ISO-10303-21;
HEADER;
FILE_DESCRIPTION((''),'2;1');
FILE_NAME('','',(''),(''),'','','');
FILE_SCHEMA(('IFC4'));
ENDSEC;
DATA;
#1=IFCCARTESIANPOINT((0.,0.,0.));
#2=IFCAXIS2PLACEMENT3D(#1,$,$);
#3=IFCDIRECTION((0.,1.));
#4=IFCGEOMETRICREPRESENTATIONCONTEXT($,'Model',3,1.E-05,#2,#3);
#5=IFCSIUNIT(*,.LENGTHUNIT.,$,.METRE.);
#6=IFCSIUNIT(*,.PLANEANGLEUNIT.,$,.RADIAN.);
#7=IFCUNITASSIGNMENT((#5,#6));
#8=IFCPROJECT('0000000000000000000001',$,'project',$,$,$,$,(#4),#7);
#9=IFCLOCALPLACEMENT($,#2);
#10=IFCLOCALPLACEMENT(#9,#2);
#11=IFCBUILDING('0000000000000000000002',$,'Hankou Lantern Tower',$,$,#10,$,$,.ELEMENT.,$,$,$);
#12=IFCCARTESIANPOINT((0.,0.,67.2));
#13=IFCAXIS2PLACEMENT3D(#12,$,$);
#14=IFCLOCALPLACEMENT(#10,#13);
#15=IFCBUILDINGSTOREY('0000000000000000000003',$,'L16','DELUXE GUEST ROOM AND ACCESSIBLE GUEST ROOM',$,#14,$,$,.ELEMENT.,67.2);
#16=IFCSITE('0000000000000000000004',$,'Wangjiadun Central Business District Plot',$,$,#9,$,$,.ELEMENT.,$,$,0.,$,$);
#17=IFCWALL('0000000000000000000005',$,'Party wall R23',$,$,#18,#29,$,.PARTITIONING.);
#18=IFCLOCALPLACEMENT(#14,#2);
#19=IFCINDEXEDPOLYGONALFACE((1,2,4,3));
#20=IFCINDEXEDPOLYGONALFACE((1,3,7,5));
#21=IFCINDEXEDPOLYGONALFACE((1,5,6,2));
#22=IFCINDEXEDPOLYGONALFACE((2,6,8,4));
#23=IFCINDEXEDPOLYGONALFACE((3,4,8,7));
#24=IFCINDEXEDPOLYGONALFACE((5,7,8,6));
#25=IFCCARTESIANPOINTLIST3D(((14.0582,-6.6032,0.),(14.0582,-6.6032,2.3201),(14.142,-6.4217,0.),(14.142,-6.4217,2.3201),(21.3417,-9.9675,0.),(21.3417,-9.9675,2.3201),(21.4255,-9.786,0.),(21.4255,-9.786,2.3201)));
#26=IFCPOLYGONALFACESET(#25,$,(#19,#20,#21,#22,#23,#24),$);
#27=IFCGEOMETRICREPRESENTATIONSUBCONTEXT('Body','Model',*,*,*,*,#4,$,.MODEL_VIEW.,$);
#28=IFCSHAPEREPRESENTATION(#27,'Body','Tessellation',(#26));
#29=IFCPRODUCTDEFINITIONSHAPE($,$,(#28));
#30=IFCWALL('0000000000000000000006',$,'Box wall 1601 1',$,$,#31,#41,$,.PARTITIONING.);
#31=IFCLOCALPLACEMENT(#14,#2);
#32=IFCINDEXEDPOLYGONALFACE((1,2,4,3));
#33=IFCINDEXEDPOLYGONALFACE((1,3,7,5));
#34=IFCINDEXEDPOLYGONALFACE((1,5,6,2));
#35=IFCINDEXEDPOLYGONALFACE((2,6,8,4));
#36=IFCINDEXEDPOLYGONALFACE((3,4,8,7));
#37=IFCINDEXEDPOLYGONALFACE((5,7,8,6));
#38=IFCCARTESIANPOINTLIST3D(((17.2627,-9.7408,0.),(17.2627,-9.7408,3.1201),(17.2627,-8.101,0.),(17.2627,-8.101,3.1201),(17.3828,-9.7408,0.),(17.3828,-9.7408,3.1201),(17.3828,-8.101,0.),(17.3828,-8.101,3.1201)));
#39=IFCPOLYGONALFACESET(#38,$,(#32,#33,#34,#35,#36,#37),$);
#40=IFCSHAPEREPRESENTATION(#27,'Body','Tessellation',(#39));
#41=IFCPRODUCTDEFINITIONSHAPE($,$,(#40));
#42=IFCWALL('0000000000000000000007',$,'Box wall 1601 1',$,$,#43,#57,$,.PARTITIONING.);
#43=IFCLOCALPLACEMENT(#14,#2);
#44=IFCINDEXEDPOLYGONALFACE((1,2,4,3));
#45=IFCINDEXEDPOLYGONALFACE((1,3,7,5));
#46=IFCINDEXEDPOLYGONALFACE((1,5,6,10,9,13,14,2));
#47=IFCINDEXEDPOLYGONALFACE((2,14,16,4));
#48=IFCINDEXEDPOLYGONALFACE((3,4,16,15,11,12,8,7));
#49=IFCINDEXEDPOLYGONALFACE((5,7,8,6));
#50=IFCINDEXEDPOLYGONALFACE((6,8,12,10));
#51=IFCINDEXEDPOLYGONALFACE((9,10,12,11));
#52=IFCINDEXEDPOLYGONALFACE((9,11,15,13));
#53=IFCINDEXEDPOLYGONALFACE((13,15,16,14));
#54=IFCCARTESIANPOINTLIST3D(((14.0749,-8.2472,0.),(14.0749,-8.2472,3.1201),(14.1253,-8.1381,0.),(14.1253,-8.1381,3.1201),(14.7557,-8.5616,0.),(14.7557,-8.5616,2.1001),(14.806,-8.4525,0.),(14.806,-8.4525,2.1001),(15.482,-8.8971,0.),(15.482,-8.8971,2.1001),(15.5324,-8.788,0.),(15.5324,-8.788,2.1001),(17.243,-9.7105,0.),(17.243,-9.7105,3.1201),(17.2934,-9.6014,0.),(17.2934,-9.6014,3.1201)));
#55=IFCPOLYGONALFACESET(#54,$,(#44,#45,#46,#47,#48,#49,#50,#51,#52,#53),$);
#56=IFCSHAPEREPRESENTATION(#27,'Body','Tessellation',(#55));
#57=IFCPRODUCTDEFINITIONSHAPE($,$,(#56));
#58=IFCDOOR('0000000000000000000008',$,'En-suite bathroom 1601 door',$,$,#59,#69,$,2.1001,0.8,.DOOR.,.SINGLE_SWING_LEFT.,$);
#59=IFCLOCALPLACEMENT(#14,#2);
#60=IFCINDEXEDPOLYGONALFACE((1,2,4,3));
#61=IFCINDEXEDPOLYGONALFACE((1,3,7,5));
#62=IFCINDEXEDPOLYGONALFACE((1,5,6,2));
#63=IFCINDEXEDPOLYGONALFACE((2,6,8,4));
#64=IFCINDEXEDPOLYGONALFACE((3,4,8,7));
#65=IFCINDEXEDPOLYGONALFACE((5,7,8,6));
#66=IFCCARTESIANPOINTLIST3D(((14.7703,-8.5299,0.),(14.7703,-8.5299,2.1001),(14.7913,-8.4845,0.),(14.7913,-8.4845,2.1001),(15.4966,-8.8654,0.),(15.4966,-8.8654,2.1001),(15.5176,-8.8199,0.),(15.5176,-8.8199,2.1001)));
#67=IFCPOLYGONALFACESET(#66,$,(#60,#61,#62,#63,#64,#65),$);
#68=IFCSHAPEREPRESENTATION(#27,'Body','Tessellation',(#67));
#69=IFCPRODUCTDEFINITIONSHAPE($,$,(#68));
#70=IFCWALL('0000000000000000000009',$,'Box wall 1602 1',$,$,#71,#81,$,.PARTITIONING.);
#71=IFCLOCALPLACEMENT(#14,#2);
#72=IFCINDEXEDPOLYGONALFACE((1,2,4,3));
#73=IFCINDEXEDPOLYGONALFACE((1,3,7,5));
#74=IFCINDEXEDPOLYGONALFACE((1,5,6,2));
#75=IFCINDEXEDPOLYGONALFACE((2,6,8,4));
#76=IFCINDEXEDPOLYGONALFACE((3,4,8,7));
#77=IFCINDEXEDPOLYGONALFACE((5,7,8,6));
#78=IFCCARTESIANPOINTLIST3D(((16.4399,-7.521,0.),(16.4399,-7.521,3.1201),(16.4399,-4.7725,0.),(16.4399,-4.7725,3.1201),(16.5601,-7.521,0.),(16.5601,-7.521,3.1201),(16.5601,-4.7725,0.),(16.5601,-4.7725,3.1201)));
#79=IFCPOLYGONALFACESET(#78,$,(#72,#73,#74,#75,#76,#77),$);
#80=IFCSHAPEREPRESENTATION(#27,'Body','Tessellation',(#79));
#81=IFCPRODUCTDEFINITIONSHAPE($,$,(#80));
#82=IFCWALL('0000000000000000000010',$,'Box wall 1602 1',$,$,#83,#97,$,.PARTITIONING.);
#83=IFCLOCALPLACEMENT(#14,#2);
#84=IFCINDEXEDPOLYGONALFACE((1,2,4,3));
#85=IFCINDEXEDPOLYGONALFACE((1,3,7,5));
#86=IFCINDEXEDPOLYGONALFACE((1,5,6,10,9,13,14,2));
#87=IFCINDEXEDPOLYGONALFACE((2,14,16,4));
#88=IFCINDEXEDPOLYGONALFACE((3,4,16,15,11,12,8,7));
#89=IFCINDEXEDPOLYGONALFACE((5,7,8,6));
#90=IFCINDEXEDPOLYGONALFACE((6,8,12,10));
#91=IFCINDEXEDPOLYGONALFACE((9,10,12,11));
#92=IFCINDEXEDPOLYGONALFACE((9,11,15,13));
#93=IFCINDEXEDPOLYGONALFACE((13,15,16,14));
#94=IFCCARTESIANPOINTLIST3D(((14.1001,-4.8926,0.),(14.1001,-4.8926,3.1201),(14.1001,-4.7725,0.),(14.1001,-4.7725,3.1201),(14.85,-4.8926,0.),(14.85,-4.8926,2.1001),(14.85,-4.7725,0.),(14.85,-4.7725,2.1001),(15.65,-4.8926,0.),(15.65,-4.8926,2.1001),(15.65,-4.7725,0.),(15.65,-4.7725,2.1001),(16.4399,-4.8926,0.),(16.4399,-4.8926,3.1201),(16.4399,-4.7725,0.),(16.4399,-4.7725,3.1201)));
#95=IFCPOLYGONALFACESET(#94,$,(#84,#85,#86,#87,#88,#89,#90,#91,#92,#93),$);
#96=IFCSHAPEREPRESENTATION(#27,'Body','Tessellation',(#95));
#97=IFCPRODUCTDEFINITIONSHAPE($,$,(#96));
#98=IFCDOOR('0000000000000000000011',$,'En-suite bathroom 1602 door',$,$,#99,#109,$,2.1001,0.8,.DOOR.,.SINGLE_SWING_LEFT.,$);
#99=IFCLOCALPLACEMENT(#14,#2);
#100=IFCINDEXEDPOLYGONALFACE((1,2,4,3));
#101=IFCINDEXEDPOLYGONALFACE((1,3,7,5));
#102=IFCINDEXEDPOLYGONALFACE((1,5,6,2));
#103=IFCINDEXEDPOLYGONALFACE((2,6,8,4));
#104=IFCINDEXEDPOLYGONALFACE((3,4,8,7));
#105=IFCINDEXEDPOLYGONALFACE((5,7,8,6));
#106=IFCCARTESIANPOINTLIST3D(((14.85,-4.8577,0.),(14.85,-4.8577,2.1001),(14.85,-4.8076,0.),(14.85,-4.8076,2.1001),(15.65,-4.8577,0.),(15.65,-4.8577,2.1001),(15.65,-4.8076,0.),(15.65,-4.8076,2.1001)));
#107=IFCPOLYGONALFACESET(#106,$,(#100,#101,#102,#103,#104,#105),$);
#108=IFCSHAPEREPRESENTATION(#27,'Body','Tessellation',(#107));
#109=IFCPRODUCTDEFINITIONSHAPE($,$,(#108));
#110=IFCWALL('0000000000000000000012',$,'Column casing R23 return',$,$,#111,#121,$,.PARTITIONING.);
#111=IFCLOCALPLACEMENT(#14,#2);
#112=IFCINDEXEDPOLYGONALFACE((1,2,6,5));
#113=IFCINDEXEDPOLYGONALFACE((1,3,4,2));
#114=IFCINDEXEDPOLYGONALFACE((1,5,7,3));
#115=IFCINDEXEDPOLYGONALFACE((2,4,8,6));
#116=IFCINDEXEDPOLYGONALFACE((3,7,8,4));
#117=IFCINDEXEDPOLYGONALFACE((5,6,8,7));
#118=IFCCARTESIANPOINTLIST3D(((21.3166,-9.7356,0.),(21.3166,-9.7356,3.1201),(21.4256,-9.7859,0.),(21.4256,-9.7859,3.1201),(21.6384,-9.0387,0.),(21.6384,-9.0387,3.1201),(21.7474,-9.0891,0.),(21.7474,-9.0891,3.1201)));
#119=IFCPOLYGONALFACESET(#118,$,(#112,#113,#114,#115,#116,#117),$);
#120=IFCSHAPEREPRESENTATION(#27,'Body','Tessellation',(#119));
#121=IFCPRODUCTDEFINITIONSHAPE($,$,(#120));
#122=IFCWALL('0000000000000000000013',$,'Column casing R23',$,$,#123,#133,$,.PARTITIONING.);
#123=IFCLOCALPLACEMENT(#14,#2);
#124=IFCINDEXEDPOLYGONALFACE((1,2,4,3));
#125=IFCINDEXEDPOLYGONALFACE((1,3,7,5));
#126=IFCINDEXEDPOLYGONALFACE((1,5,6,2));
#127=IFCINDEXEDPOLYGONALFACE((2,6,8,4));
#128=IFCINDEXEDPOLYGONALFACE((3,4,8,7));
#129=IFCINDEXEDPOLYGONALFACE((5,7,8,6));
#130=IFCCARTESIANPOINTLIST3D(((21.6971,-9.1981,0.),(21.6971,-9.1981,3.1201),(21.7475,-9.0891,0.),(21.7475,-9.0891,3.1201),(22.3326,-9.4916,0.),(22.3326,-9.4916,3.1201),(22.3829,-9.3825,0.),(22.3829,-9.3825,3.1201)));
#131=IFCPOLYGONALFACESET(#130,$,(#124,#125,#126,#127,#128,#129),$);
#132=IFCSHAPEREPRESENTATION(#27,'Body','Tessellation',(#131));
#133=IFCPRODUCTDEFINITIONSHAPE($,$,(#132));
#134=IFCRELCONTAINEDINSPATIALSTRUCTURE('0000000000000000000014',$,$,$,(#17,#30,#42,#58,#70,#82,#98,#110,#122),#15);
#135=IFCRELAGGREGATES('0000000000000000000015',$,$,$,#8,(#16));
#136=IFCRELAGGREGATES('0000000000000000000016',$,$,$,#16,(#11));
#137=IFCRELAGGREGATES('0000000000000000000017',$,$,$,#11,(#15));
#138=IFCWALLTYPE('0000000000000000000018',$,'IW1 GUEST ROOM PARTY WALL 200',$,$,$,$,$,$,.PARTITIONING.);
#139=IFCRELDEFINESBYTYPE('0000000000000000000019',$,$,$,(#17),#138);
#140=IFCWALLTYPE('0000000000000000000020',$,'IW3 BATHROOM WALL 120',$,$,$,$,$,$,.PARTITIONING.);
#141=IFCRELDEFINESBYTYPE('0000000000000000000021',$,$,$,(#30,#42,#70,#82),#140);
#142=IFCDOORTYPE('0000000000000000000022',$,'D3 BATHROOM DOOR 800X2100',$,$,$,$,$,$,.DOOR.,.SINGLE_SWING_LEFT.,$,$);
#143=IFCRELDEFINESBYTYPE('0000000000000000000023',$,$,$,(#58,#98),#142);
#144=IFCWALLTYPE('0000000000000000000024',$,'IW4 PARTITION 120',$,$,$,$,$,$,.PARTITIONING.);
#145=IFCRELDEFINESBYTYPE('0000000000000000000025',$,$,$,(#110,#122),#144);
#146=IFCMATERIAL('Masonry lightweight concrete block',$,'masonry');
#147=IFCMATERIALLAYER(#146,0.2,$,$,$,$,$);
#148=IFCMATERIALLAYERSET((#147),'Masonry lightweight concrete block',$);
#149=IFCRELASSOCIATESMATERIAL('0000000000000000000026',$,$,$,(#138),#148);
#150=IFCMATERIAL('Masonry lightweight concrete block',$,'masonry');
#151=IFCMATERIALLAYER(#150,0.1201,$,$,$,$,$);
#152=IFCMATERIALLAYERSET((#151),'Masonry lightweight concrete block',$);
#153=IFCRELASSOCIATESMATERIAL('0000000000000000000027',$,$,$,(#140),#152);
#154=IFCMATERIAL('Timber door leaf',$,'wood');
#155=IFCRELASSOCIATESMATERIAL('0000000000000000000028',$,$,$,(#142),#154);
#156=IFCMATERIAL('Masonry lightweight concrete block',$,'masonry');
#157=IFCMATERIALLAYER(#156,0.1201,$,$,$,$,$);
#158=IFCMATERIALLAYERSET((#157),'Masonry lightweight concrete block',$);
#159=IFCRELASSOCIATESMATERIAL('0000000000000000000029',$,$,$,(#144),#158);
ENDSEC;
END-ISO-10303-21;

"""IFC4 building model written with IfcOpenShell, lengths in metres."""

from ifc_helpers import new_model, si_unit, direction, frame, frame_2d, origin, place, context, subcontext, project, spatial, rectangle, extrude, material, layer, layer_set, type_object, element, fill, save


model = new_model("IFC4")

# Units and contexts
model_context = context("Model", 3, precision=1e-05, world=origin(), true_north=direction((0.0, 1.0)))
body_context = subcontext(model_context, "Body", "Model", "MODEL_VIEW")
ifc_project = project(units=[si_unit("LENGTHUNIT", "METRE"), si_unit("PLANEANGLEUNIT", "RADIAN")], contexts=[model_context])

# Site, building, storey
site_placement = place(None, origin())
site = spatial("IfcSite", under=ifc_project, at=site_placement, Name="Wangjiadun Central Business District Plot", CompositionType="ELEMENT", RefElevation=0.0)
building_placement = place(site_placement, origin())
building = spatial("IfcBuilding", under=site, at=building_placement, Name="Hankou Lantern Tower", CompositionType="ELEMENT")
storey_placement = place(building_placement, frame((0.0, 0.0, 67.2)))
storey = spatial("IfcBuildingStorey", under=building, at=storey_placement, Name="L16", Description="DELUXE GUEST ROOM AND ACCESSIBLE GUEST ROOM", CompositionType="ELEMENT", Elevation=67.2)

# Walls
ifc_material_1 = material(Name="Masonry lightweight concrete block", Category="masonry")
ifc_layer_1 = layer(ifc_material_1, 0.2)
ifc_layer_set_1 = layer_set([ifc_layer_1], Name="Masonry lightweight concrete block")
wall_type_1 = type_object("IfcWallType", Name="IW1 GUEST ROOM PARTY WALL 200", PredefinedType="PARTITIONING", material=ifc_layer_set_1)
wall_1_placement = place(storey_placement, frame((14.1001, -6.5125, 0.0), z_axis=(0.0, 0.0, 1.0), x_axis=(0.907833, -0.419332, 0.0)))
element("IfcWall", 1, at=wall_1_placement, inside=storey, type_object=wall_type_1, Name="Party wall R23", PredefinedType="PARTITIONING", context=body_context, shape_type="SweptSolid", body=[
    extrude(rectangle(XDim=8.0229, YDim=0.2, at=frame_2d((4.0115, 0.0))), origin(), (0.0, 0.0, 1.0), 2.3201),
])
ifc_material_2 = material(Name="Masonry lightweight concrete block", Category="masonry")
ifc_layer_2 = layer(ifc_material_2, 0.1201)
ifc_layer_set_2 = layer_set([ifc_layer_2], Name="Masonry lightweight concrete block")
wall_type_2 = type_object("IfcWallType", Name="IW3 BATHROOM WALL 120", PredefinedType="PARTITIONING", material=ifc_layer_set_2)
wall_2_placement = place(storey_placement, frame((17.3228, -8.1011, 0.0), z_axis=(0.0, 0.0, 1.0), x_axis=(0.0, -1.0, 0.0)))
element("IfcWall", 2, at=wall_2_placement, inside=storey, type_object=wall_type_2, Name="Box wall 1601 1", PredefinedType="PARTITIONING", context=body_context, shape_type="SweptSolid", body=[
    extrude(rectangle(XDim=1.6399, YDim=0.1201, at=frame_2d((0.8198, 0.0))), origin(), (0.0, 0.0, 1.0), 3.1201),
])

# Wall, opening, door
wall_3_placement = place(storey_placement, frame((14.1001, -8.1926, 0.0), z_axis=(0.0, 0.0, 1.0), x_axis=(0.907836, -0.419324, 0.0)))
wall_3 = element("IfcWall", 3, at=wall_3_placement, inside=storey, type_object=wall_type_2, Name="Box wall 1601 1", PredefinedType="PARTITIONING", context=body_context, shape_type="SweptSolid", body=[
    extrude(rectangle(XDim=3.4897, YDim=0.1201, at=frame_2d((1.7449, 0.0))), origin(), (0.0, 0.0, 1.0), 3.1201),
])
opening_1_placement = place(wall_3_placement, frame((0.75, 0.0, 0.0)))
opening_1 = element("IfcOpeningElement", 4, at=opening_1_placement, cuts=wall_3, PredefinedType="OPENING", context=body_context, shape_type="SweptSolid", body=[
    extrude(rectangle(XDim=0.8, YDim=2.1001, at=frame_2d((0.3999, 1.05))), frame((0.0, 0.0701, 0.0), z_axis=(0.0, -1.0, 0.0), x_axis=(1.0, 0.0, 0.0)), (0.0, 0.0, 1.0), 0.1401),
])
ifc_material_3 = material(Name="Timber door leaf", Category="wood")
door_type = type_object("IfcDoorType", Name="D3 BATHROOM DOOR 800X2100", OperationType="SINGLE_SWING_LEFT", PredefinedType="DOOR", material=ifc_material_3)
door_1_placement = place(opening_1_placement, origin())
door_1 = element("IfcDoor", 5, at=door_1_placement, inside=storey, type_object=door_type, Name="En-suite bathroom 1601 door", OperationType="SINGLE_SWING_LEFT", OverallHeight=2.1001, OverallWidth=0.8, PredefinedType="DOOR", context=body_context, shape_type="SweptSolid", body=[
    extrude(rectangle(XDim=0.8, YDim=2.1001, at=frame_2d((0.3999, 1.05))), frame((0.0, 0.0249, 0.0), z_axis=(0.0, -1.0, 0.0), x_axis=(1.0, 0.0, 0.0)), (0.0, 0.0, 1.0), 0.05),
])
fill(opening_1, door_1)

# Wall
wall_4_placement = place(storey_placement, frame((16.5, -7.521, 0.0), z_axis=(0.0, 0.0, 1.0), x_axis=(0.0, 1.0, 0.0)))
element("IfcWall", 6, at=wall_4_placement, inside=storey, type_object=wall_type_2, Name="Box wall 1602 1", PredefinedType="PARTITIONING", context=body_context, shape_type="SweptSolid", body=[
    extrude(rectangle(XDim=2.7485, YDim=0.1201, at=frame_2d((1.3743, 0.0))), origin(), (0.0, 0.0, 1.0), 3.1201),
])

# Wall, opening, door
wall_5_placement = place(storey_placement, frame((14.1001, -4.8325, 0.0), z_axis=(0.0, 0.0, 1.0), x_axis=(1.0, 0.0, 0.0)))
wall_5 = element("IfcWall", 7, at=wall_5_placement, inside=storey, type_object=wall_type_2, Name="Box wall 1602 1", PredefinedType="PARTITIONING", context=body_context, shape_type="SweptSolid", body=[
    extrude(rectangle(XDim=2.3398, YDim=0.1201, at=frame_2d((1.1699, 0.0))), origin(), (0.0, 0.0, 1.0), 3.1201),
])
opening_2_placement = place(wall_5_placement, frame((0.75, 0.0, 0.0)))
opening_2 = element("IfcOpeningElement", 8, at=opening_2_placement, cuts=wall_5, PredefinedType="OPENING", context=body_context, shape_type="SweptSolid", body=[
    extrude(rectangle(XDim=0.8, YDim=2.1001, at=frame_2d((0.3999, 1.05))), frame((0.0, 0.0701, 0.0), z_axis=(0.0, -1.0, 0.0), x_axis=(1.0, 0.0, 0.0)), (0.0, 0.0, 1.0), 0.1401),
])
door_2_placement = place(opening_2_placement, origin())
door_2 = element("IfcDoor", 9, at=door_2_placement, inside=storey, type_object=door_type, Name="En-suite bathroom 1602 door", OperationType="SINGLE_SWING_LEFT", OverallHeight=2.1001, OverallWidth=0.8, PredefinedType="DOOR", context=body_context, shape_type="SweptSolid", body=[
    extrude(rectangle(XDim=0.8, YDim=2.1001, at=frame_2d((0.3999, 1.05))), frame((0.0, 0.0249, 0.0), z_axis=(0.0, -1.0, 0.0), x_axis=(1.0, 0.0, 0.0)), (0.0, 0.0, 1.0), 0.05),
])
fill(opening_2, door_2)

# Walls
ifc_material_4 = material(Name="Masonry lightweight concrete block", Category="masonry")
ifc_layer_3 = layer(ifc_material_4, 0.1201)
ifc_layer_set_3 = layer_set([ifc_layer_3], Name="Masonry lightweight concrete block")
wall_type_3 = type_object("IfcWallType", Name="IW4 PARTITION 120", PredefinedType="PARTITIONING", material=ifc_layer_set_3)
wall_6_placement = place(storey_placement, frame((21.3711, -9.7607, 0.0), z_axis=(0.0, 0.0, 1.0), x_axis=(0.41926, 0.907866, 0.0)))
element("IfcWall", 10, at=wall_6_placement, inside=storey, type_object=wall_type_3, Name="Column casing R23 return", PredefinedType="PARTITIONING", context=body_context, shape_type="SweptSolid", body=[
    extrude(rectangle(XDim=0.7676, YDim=0.1201, at=frame_2d((0.3838, 0.0))), origin(), (0.0, 0.0, 1.0), 3.1201),
])
wall_7_placement = place(storey_placement, frame((21.7222, -9.1436, 0.0), z_axis=(0.0, 0.0, 1.0), x_axis=(0.907878, -0.419235, 0.0)))
element("IfcWall", 11, at=wall_7_placement, inside=storey, type_object=wall_type_3, Name="Column casing R23", PredefinedType="PARTITIONING", context=body_context, shape_type="SweptSolid", body=[
    extrude(rectangle(XDim=0.7, YDim=0.1201, at=frame_2d((0.3501, 0.0))), origin(), (0.0, 0.0, 1.0), 3.1201),
])

save(model, "model.ifc")
